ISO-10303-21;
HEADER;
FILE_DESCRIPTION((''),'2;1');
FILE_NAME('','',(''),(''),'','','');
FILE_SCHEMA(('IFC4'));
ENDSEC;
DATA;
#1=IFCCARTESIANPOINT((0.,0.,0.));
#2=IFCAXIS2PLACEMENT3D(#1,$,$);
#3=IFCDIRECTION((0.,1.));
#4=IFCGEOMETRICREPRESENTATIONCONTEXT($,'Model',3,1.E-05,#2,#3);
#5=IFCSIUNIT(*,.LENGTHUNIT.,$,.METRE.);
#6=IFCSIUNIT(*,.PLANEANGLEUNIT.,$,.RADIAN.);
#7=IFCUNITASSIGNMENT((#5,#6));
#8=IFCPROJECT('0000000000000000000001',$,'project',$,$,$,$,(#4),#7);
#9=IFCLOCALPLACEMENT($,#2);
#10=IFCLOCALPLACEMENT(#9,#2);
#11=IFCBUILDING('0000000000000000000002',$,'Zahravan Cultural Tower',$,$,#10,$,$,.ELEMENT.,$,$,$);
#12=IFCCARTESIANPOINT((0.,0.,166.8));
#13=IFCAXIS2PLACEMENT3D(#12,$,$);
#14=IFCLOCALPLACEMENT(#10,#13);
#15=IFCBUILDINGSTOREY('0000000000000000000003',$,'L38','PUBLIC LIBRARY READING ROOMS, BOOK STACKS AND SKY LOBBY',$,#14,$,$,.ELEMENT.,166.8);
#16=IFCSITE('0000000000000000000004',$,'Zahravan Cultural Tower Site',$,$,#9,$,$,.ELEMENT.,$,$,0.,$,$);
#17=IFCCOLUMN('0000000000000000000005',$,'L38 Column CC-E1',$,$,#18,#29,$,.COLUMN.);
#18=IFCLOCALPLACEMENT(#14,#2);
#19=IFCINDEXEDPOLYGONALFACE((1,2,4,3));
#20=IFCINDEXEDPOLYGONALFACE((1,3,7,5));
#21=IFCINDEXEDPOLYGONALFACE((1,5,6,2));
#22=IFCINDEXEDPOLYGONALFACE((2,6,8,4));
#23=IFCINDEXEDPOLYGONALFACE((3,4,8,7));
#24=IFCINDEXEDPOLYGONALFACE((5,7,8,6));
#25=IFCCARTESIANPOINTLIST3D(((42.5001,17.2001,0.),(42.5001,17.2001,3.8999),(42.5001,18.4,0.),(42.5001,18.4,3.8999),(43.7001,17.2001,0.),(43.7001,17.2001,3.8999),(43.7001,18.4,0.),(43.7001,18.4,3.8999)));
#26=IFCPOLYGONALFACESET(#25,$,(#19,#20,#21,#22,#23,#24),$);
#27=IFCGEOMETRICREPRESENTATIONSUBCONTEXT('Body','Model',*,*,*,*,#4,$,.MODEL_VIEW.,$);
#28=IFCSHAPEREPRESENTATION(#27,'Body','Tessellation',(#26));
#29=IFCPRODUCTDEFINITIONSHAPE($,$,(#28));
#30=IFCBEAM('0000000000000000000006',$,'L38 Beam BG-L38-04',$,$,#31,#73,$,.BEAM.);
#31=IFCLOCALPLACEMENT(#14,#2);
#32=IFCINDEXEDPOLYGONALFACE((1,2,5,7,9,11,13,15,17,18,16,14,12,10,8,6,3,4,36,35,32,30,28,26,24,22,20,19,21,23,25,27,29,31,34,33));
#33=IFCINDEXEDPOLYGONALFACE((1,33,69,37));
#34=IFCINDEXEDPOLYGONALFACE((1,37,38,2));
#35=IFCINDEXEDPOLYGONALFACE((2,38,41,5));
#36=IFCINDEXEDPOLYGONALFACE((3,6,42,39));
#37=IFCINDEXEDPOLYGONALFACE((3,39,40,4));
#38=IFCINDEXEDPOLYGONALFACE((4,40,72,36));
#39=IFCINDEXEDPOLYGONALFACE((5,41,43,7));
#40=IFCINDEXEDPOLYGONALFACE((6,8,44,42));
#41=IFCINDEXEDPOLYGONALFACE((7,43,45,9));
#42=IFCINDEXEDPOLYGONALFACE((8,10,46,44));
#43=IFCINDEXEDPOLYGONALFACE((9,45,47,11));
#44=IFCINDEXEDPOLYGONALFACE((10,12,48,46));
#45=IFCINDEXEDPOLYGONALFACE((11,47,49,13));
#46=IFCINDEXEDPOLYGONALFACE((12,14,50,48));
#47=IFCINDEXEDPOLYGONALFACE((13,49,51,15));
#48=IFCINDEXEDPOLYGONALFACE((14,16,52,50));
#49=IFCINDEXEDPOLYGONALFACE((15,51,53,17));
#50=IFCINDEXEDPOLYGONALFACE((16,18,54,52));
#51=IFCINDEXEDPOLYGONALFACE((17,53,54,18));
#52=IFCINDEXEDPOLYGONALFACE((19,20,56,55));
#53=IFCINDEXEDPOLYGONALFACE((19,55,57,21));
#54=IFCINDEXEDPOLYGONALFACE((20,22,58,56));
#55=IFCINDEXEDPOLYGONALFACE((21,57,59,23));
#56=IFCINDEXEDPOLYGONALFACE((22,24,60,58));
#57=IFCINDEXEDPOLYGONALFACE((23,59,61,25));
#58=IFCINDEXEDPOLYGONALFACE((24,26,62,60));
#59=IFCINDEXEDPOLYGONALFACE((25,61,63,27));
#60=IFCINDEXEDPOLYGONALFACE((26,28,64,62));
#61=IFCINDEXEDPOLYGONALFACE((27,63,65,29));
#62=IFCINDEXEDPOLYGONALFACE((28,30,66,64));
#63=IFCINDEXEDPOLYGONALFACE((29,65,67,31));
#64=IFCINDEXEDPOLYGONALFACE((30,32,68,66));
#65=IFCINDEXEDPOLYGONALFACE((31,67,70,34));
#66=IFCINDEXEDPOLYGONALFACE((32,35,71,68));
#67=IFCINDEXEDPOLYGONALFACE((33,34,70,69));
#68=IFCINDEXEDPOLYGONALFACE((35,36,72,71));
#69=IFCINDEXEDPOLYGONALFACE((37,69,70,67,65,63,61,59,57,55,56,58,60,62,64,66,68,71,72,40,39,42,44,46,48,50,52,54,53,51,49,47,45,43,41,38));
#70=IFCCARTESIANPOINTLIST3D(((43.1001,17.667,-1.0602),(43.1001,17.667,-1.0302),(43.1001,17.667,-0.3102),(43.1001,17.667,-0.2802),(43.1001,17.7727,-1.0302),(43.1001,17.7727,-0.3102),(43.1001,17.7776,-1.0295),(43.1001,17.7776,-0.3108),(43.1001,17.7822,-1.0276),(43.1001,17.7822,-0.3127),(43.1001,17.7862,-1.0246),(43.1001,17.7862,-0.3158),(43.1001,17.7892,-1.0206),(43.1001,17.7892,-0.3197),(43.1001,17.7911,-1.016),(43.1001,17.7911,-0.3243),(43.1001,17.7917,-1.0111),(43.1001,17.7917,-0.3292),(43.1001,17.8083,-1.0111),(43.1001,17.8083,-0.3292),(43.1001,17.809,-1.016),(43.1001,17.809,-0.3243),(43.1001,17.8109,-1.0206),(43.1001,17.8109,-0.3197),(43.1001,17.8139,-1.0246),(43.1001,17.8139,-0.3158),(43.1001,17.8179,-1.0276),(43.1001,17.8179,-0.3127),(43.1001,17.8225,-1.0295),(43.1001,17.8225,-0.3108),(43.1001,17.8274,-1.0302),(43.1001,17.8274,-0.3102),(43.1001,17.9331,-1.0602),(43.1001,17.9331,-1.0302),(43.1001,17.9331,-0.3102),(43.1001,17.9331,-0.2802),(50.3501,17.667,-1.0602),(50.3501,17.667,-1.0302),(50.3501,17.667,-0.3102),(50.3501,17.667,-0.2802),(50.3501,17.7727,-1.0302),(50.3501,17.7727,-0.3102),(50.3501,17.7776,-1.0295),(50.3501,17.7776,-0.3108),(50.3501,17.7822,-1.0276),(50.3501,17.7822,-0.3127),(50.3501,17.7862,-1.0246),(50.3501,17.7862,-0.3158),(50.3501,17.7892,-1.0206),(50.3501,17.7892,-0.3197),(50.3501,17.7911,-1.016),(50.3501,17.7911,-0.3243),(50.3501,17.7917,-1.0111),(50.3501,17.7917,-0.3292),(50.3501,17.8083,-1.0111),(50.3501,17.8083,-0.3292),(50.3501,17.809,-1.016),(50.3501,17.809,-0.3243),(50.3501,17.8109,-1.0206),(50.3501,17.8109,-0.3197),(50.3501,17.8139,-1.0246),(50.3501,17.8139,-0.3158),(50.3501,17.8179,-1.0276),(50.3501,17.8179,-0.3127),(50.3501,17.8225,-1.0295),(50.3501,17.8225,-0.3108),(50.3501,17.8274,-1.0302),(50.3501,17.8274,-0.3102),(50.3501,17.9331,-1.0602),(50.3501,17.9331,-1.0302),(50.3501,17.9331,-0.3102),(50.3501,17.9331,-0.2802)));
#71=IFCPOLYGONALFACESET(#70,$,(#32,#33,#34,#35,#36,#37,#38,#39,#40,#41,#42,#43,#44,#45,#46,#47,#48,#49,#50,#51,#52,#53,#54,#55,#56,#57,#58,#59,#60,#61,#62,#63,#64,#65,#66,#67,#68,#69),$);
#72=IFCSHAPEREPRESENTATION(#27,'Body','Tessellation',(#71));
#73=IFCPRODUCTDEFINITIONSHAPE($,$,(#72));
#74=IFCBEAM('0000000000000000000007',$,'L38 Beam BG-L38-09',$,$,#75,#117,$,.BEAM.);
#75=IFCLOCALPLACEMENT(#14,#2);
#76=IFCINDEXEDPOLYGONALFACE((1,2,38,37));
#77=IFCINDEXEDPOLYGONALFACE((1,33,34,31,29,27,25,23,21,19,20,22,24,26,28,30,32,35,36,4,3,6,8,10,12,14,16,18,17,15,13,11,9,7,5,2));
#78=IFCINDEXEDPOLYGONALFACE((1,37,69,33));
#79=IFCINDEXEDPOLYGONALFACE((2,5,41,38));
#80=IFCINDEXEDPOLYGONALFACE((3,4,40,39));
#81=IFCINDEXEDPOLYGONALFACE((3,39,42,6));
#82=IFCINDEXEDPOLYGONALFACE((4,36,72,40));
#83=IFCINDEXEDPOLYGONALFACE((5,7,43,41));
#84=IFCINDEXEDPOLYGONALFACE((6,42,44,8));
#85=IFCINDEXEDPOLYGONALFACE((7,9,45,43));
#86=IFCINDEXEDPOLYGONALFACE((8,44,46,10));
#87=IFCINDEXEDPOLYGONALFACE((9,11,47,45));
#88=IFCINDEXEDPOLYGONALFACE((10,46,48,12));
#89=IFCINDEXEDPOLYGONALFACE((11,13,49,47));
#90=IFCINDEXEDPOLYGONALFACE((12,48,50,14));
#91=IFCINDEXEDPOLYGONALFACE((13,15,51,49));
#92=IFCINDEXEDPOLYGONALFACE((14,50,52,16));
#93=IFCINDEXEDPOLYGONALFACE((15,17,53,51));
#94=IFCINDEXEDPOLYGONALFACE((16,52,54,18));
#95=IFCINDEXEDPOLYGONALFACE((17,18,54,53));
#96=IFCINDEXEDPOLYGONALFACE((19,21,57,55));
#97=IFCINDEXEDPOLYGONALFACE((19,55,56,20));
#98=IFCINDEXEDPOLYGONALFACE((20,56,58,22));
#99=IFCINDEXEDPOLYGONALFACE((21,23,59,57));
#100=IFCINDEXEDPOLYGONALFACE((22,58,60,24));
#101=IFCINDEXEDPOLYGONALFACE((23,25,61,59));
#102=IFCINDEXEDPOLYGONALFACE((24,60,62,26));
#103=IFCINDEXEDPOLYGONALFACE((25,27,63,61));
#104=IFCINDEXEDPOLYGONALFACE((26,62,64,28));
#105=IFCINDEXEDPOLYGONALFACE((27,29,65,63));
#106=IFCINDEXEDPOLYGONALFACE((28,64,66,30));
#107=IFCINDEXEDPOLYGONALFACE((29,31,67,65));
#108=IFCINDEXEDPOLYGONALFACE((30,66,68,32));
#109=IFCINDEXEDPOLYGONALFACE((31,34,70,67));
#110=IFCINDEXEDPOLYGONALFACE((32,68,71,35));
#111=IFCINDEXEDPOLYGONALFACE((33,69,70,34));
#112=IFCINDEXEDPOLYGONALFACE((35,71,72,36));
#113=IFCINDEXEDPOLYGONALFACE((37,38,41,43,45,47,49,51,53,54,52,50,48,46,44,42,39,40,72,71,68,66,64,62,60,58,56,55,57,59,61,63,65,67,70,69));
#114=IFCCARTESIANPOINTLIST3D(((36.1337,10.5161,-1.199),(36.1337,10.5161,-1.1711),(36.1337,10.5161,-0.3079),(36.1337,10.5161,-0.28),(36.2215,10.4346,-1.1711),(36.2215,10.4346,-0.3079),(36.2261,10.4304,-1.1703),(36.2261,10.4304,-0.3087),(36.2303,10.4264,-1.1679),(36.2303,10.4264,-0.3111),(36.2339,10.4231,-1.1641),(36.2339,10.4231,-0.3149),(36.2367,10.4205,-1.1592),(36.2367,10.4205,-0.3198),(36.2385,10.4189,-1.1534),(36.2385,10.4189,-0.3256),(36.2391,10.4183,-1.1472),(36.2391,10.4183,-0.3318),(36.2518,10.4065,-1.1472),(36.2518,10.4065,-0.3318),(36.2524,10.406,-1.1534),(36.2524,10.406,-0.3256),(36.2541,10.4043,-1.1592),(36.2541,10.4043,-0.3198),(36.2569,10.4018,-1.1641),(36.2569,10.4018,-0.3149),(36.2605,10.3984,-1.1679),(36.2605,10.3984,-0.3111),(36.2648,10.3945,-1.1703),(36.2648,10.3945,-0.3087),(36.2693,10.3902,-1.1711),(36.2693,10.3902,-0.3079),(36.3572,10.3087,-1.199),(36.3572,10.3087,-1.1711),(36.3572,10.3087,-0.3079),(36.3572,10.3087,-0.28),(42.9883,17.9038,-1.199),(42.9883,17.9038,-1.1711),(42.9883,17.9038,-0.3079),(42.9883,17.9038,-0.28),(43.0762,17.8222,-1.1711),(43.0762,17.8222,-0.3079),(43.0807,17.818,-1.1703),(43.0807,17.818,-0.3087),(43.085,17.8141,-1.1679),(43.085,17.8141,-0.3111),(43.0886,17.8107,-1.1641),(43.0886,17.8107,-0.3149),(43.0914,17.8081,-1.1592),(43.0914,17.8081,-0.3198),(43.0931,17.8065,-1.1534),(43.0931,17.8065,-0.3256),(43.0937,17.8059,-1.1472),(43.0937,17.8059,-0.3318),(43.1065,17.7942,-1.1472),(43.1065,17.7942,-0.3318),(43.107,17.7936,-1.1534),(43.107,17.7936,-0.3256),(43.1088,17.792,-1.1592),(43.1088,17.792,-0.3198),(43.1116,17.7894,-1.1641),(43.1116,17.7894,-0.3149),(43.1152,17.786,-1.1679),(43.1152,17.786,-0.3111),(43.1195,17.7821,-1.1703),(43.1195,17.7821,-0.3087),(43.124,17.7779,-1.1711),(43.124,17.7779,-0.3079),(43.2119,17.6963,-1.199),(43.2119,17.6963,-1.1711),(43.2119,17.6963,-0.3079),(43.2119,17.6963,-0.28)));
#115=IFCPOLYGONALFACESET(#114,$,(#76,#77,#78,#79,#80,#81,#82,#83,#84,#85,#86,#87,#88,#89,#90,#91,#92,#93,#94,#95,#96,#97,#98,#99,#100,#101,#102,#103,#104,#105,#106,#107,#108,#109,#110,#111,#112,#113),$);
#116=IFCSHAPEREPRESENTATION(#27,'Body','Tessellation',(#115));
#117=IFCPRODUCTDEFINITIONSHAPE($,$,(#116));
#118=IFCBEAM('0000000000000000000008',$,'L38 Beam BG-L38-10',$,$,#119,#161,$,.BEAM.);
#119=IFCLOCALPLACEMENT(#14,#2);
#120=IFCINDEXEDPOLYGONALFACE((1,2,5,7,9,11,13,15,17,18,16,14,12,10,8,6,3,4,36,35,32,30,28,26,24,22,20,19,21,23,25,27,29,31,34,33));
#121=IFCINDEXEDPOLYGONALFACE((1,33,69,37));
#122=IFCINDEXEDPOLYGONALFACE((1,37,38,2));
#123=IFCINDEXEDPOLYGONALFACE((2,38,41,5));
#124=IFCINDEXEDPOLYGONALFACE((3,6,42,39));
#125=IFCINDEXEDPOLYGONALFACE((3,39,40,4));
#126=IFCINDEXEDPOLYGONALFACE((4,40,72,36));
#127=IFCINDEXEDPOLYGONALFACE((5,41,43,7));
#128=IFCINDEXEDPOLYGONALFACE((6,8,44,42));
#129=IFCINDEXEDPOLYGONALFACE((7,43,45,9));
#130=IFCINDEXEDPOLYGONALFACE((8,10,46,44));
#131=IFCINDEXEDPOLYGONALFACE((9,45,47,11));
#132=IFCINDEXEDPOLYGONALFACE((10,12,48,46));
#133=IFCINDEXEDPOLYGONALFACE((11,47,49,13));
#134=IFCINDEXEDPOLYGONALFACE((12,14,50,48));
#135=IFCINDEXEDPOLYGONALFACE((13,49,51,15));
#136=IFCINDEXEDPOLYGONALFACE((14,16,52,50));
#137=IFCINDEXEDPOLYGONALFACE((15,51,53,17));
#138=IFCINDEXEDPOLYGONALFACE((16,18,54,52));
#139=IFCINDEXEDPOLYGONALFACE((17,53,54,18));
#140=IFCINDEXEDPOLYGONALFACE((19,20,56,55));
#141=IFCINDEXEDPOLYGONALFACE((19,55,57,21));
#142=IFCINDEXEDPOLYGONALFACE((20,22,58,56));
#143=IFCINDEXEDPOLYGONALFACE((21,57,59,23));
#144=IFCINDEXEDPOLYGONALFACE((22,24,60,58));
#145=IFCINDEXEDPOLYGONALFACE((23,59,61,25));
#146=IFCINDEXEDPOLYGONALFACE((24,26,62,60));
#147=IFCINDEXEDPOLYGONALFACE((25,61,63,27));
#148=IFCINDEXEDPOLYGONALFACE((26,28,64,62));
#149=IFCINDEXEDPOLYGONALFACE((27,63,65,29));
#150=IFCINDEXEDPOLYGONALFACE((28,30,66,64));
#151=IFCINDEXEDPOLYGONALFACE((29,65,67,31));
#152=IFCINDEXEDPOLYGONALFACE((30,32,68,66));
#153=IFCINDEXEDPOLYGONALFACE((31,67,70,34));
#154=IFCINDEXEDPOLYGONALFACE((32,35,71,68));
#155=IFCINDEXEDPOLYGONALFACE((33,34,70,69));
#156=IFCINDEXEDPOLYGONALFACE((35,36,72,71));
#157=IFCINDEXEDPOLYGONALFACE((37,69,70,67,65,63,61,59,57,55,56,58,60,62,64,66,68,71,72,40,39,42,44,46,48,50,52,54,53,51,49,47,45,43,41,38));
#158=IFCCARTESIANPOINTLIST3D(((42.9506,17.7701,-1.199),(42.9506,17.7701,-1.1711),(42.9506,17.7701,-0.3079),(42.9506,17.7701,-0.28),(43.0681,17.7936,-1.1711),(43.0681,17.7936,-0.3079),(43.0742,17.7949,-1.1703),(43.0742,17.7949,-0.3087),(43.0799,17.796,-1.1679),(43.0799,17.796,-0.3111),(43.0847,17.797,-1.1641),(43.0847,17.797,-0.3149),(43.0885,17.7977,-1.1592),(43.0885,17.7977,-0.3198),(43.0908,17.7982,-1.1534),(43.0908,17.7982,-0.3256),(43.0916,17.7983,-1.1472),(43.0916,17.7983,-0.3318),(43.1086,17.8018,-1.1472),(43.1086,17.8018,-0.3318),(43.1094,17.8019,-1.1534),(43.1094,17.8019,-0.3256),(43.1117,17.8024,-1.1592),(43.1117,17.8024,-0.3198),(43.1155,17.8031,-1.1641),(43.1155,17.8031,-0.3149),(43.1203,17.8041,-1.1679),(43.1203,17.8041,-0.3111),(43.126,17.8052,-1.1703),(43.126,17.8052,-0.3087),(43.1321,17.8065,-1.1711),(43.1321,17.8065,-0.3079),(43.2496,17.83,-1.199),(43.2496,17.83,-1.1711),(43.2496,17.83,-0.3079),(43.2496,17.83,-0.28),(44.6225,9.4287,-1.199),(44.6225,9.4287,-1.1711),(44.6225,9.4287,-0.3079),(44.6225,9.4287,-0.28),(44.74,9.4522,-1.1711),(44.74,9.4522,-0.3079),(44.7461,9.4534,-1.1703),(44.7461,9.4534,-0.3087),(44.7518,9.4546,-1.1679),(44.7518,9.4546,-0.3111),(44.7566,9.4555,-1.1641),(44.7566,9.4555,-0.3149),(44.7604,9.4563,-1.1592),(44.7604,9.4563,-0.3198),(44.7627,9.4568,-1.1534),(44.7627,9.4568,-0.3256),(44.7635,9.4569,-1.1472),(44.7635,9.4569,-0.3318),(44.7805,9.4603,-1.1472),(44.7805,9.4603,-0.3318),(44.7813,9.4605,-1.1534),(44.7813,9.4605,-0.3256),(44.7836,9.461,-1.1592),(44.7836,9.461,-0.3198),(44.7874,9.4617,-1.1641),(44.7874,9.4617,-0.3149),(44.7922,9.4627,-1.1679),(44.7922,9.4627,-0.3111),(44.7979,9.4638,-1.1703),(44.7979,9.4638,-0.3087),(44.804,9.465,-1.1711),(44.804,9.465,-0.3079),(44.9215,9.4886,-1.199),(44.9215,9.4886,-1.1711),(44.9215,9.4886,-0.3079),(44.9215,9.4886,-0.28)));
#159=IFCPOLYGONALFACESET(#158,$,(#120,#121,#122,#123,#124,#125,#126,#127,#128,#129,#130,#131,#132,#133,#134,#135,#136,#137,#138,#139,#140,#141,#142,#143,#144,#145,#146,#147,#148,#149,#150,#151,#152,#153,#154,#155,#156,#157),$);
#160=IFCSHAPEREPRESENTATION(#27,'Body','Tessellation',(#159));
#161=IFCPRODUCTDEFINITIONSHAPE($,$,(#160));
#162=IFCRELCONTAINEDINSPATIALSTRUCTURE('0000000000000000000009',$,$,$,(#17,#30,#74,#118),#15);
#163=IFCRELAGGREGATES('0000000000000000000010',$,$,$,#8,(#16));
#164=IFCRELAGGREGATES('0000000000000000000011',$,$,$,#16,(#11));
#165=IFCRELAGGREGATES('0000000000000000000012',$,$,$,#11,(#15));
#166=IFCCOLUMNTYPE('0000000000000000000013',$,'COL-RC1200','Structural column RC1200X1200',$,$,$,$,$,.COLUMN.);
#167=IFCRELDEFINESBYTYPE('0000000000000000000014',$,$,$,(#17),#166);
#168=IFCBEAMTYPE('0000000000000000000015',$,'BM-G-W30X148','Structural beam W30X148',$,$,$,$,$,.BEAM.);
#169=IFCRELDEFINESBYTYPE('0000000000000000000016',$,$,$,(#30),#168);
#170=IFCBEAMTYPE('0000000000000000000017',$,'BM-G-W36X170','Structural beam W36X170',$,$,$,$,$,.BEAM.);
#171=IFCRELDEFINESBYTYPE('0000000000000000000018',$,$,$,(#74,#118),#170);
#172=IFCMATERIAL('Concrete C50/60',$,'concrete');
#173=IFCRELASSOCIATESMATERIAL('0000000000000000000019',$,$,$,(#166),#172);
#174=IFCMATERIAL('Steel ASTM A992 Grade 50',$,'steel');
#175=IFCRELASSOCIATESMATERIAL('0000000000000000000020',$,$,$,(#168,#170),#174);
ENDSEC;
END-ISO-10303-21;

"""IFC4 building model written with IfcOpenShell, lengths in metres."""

from ifc_helpers import new_model, si_unit, direction, frame, origin, origin_2d, place, context, subcontext, project, spatial, rectangle, i_section, extrude, source, transform, mapped, material, material_profile, profile_set, type_object, element, save


model = new_model("IFC4")

# Units and contexts
model_context = context("Model", 3, precision=1e-05, world=origin(), true_north=direction((0.0, 1.0)))
body_context = subcontext(model_context, "Body", "Model", "MODEL_VIEW")
ifc_project = project(units=[si_unit("LENGTHUNIT", "METRE"), si_unit("PLANEANGLEUNIT", "RADIAN")], contexts=[model_context])

# Site, building, storey
site_placement = place(None, origin())
site = spatial("IfcSite", under=ifc_project, at=site_placement, Name="Zahravan Cultural Tower Site", CompositionType="ELEMENT", RefElevation=0.0)
building_placement = place(site_placement, origin())
building = spatial("IfcBuilding", under=site, at=building_placement, Name="Zahravan Cultural Tower", CompositionType="ELEMENT")
storey_placement = place(building_placement, frame((0.0, 0.0, 166.8)))
storey = spatial("IfcBuildingStorey", under=building, at=storey_placement, Name="L38", Description="PUBLIC LIBRARY READING ROOMS, BOOK STACKS AND SKY LOBBY", CompositionType="ELEMENT", Elevation=166.8)

# Column
ifc_material_1 = material(Name="Concrete C50/60", Category="concrete")
ifc_material_profile_1 = material_profile(ifc_material_1, rectangle(XDim=1.2, YDim=1.2, at=origin_2d()), Name="RC1200X1200")
ifc_profile_set_1 = profile_set([ifc_material_profile_1], Name="Concrete C50/60")
column_type = type_object("IfcColumnType", Name="COL-RC1200", Description="Structural column RC1200X1200", PredefinedType="COLUMN", material=ifc_profile_set_1)
shared_shape_1 = source(origin(), body_context, "Body", "SweptSolid", [
    extrude(rectangle(XDim=1.2, YDim=1.2, at=origin_2d()), origin(), (0.0, 0.0, 1.0), 3.8999),
])
column_placement = place(storey_placement, frame((43.1001, 17.8, 0.0), z_axis=(0.0, 0.0, 1.0), x_axis=(1.0, 0.0, 0.0)))
element("IfcColumn", 1, at=column_placement, inside=storey, type_object=column_type, Name="L38 Column CC-E1", PredefinedType="COLUMN", context=body_context, shape_type="MappedRepresentation", body=[
    mapped(shared_shape_1, transform((0.0, 0.0, 0.0), x_axis=(1.0, 0.0, 0.0), y_axis=(0.0, 1.0, 0.0), z_axis=(0.0, 0.0, 1.0), scale=1.0)),
])

# Beams
ifc_material_2 = material(Name="Steel ASTM A992 Grade 50", Category="steel")
ifc_material_profile_2 = material_profile(ifc_material_2, i_section(OverallWidth=0.2661, OverallDepth=0.78, WebThickness=0.0166, FlangeThickness=0.03, FilletRadius=0.019, at=origin_2d()), Name="W30X148")
ifc_profile_set_2 = profile_set([ifc_material_profile_2], Name="Steel ASTM A992 Grade 50")
beam_type_1 = type_object("IfcBeamType", Name="BM-G-W30X148", Description="Structural beam W30X148", PredefinedType="BEAM", material=ifc_profile_set_2)
shared_shape_2 = source(origin(), body_context, "Body", "SweptSolid", [
    extrude(i_section(OverallWidth=0.2661, OverallDepth=0.78, WebThickness=0.0166, FlangeThickness=0.03, FilletRadius=0.019, at=origin_2d()), origin(), (0.0, 0.0, 1.0), 7.25),
])
beam_1_placement = place(storey_placement, frame((43.1001, 17.8, -0.6702), z_axis=(1.0, 0.0, 0.0), x_axis=(0.0, 1.0, 0.0)))
element("IfcBeam", 2, at=beam_1_placement, inside=storey, type_object=beam_type_1, Name="L38 Beam BG-L38-04", PredefinedType="BEAM", context=body_context, shape_type="MappedRepresentation", body=[
    mapped(shared_shape_2, transform((0.0, 0.0, 0.0), x_axis=(1.0, 0.0, 0.0), y_axis=(0.0, 1.0, 0.0), z_axis=(0.0, 0.0, 1.0), scale=1.0)),
])
ifc_material_profile_3 = material_profile(ifc_material_2, i_section(OverallWidth=0.3049, OverallDepth=0.9189, WebThickness=0.0173, FlangeThickness=0.0278, FilletRadius=0.0239, at=origin_2d()), Name="W36X170")
ifc_profile_set_3 = profile_set([ifc_material_profile_3], Name="Steel ASTM A992 Grade 50")
beam_type_2 = type_object("IfcBeamType", Name="BM-G-W36X170", Description="Structural beam W36X170", PredefinedType="BEAM", material=ifc_profile_set_3)
shared_shape_3 = source(origin(), body_context, "Body", "SweptSolid", [
    extrude(i_section(OverallWidth=0.3049, OverallDepth=0.9189, WebThickness=0.0173, FlangeThickness=0.0278, FilletRadius=0.0239, at=origin_2d()), origin(), (0.0, 0.0, 1.0), 10.0779),
])
beam_2_placement = place(storey_placement, frame((43.1001, 17.8, -0.7395), z_axis=(-0.68017, -0.733054, 0.0), x_axis=(0.733054, -0.68017, 0.0)))
element("IfcBeam", 3, at=beam_2_placement, inside=storey, type_object=beam_type_2, Name="L38 Beam BG-L38-09", PredefinedType="BEAM", context=body_context, shape_type="MappedRepresentation", body=[
    mapped(shared_shape_3, transform((0.0, 0.0, 0.0), x_axis=(1.0, 0.0, 0.0), y_axis=(0.0, 1.0, 0.0), z_axis=(0.0, 0.0, 1.0), scale=1.0)),
])
shared_shape_4 = source(origin(), body_context, "Body", "SweptSolid", [
    extrude(i_section(OverallWidth=0.3049, OverallDepth=0.9189, WebThickness=0.0173, FlangeThickness=0.0278, FilletRadius=0.0239, at=origin_2d()), origin(), (0.0, 0.0, 1.0), 8.5073),
])
beam_3_placement = place(storey_placement, frame((43.1001, 17.8, -0.7395), z_axis=(0.196525, -0.980499, 0.0), x_axis=(0.980499, 0.196525, 0.0)))
element("IfcBeam", 4, at=beam_3_placement, inside=storey, type_object=beam_type_2, Name="L38 Beam BG-L38-10", PredefinedType="BEAM", context=body_context, shape_type="MappedRepresentation", body=[
    mapped(shared_shape_4, transform((0.0, 0.0, 0.0), x_axis=(1.0, 0.0, 0.0), y_axis=(0.0, 1.0, 0.0), z_axis=(0.0, 0.0, 1.0), scale=1.0)),
])

save(model, "model.ifc")
